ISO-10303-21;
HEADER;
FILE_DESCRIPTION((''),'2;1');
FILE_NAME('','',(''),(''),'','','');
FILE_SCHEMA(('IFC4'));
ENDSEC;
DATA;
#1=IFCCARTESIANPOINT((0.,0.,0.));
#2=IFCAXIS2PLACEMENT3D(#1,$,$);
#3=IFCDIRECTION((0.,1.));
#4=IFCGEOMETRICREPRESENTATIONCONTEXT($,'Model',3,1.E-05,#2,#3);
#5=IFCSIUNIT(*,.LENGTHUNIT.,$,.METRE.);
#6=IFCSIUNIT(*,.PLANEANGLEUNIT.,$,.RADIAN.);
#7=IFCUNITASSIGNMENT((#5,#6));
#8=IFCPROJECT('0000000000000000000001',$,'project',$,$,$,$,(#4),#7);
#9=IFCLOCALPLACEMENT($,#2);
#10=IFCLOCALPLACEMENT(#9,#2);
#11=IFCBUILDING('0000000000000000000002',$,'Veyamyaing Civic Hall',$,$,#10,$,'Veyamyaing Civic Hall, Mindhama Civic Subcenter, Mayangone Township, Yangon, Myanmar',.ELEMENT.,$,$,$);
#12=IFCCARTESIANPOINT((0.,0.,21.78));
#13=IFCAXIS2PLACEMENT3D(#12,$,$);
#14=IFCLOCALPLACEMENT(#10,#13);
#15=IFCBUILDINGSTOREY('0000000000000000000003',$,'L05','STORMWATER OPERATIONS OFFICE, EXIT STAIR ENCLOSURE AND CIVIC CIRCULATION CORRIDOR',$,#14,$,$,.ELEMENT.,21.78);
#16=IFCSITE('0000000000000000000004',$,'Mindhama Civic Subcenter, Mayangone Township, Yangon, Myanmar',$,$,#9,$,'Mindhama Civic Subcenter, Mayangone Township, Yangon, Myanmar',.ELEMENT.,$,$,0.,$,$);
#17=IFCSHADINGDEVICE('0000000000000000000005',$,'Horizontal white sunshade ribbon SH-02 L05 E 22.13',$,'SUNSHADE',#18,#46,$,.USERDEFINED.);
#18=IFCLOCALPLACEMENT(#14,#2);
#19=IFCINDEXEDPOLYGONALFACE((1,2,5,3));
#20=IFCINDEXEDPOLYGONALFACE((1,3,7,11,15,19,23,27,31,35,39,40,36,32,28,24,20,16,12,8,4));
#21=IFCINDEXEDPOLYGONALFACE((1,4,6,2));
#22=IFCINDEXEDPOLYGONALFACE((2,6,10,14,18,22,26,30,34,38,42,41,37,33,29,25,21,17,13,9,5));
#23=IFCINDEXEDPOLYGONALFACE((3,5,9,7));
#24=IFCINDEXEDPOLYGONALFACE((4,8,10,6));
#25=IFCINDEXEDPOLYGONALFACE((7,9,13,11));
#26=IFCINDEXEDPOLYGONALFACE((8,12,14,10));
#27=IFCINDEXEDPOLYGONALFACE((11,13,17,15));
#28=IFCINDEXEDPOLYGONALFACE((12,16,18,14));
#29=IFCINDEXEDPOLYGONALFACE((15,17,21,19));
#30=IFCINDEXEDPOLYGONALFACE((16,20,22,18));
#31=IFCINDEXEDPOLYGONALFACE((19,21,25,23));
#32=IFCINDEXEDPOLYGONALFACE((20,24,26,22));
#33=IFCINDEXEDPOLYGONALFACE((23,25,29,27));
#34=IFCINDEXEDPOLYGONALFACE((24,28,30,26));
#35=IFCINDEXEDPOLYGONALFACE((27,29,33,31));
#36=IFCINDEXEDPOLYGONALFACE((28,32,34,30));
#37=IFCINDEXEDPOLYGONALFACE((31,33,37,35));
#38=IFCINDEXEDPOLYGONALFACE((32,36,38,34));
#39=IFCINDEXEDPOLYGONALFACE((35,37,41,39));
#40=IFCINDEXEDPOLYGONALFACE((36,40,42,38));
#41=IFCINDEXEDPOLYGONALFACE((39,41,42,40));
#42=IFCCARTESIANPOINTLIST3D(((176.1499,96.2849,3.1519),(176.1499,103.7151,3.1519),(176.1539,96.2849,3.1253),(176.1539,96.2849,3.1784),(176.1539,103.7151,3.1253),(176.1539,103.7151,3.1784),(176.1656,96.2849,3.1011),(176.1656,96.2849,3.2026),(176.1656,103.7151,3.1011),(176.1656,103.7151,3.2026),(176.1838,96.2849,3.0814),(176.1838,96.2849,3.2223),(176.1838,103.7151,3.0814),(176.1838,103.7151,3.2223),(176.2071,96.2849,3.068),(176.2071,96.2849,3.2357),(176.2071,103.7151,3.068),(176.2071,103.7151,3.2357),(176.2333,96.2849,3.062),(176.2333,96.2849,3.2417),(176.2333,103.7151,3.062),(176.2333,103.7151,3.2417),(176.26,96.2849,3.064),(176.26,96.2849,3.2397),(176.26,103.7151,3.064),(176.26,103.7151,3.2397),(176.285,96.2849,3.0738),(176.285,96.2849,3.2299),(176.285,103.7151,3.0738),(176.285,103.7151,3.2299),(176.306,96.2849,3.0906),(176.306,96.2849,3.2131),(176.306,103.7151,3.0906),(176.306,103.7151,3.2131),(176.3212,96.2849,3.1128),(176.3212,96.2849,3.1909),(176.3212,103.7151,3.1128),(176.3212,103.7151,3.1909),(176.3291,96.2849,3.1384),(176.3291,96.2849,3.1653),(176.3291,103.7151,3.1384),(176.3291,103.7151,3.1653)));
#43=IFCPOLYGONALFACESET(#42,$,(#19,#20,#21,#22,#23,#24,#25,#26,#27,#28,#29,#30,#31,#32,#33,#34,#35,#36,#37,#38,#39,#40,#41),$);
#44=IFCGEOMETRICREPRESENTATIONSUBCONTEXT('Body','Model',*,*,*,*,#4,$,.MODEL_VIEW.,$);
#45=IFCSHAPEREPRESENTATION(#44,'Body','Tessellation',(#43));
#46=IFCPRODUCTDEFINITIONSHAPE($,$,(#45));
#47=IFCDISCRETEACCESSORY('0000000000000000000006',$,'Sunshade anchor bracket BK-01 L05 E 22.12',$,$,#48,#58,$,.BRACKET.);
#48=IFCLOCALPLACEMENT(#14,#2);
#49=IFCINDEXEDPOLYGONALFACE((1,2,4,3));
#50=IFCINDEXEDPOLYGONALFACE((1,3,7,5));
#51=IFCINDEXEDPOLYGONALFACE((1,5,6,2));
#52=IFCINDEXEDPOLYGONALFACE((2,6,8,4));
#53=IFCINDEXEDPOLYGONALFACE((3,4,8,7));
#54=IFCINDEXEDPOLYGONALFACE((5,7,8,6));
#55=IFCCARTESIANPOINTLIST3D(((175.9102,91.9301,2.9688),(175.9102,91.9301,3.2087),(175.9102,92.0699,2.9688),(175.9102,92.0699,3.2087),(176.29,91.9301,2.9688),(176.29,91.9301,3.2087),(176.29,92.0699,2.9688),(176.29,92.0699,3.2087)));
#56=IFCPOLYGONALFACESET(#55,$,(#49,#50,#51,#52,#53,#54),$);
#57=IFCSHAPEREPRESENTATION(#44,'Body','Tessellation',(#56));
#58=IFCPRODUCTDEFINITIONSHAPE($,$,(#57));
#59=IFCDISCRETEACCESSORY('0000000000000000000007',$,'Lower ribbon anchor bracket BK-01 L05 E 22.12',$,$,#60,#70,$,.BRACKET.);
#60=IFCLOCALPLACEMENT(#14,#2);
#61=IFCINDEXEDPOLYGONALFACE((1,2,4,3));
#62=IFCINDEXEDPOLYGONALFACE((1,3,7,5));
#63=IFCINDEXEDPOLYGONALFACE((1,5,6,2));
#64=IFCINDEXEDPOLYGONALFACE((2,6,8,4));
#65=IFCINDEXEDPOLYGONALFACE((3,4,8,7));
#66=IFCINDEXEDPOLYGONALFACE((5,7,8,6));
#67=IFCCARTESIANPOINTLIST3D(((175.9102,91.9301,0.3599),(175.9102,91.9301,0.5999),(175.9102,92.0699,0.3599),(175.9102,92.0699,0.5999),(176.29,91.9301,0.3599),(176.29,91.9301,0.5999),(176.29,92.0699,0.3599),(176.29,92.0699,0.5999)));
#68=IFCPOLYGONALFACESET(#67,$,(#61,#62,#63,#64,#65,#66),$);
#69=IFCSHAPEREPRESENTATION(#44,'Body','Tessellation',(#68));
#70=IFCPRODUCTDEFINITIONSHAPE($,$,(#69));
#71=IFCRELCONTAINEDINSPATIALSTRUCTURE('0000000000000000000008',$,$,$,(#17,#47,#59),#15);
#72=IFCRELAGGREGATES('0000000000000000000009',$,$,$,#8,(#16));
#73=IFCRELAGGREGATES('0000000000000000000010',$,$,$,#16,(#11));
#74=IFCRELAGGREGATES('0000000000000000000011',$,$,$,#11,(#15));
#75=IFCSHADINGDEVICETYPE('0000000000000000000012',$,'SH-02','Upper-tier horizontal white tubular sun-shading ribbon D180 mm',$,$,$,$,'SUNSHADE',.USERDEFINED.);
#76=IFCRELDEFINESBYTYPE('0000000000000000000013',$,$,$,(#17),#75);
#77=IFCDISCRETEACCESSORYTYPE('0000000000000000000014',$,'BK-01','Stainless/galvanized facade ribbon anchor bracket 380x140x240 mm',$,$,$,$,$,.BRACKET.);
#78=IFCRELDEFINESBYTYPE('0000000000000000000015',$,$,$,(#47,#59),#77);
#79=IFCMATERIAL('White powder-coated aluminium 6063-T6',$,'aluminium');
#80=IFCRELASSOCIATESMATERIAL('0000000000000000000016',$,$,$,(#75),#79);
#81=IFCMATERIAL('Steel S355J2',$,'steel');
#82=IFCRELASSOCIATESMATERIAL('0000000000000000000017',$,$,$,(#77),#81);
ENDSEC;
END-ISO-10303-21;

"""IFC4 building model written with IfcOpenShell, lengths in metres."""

from ifc_helpers import new_model, si_unit, direction, frame, origin, origin_2d, place, context, subcontext, project, spatial, rectangle, circle, extrude, material, material_profile, profile_set, type_object, element, save


model = new_model("IFC4")

# Units and contexts
model_context = context("Model", 3, precision=1e-05, world=origin(), true_north=direction((0.0, 1.0)))
body_context = subcontext(model_context, "Body", "Model", "MODEL_VIEW")
ifc_project = project(units=[si_unit("LENGTHUNIT", "METRE"), si_unit("PLANEANGLEUNIT", "RADIAN")], contexts=[model_context])

# Site, building, storey
site_placement = place(None, origin())
site = spatial("IfcSite", under=ifc_project, at=site_placement, Name="Mindhama Civic Subcenter, Mayangone Township, Yangon, Myanmar", LongName="Mindhama Civic Subcenter, Mayangone Township, Yangon, Myanmar", CompositionType="ELEMENT", RefElevation=0.0)
building_placement = place(site_placement, origin())
building = spatial("IfcBuilding", under=site, at=building_placement, Name="Veyamyaing Civic Hall", LongName="Veyamyaing Civic Hall, Mindhama Civic Subcenter, Mayangone Township, Yangon, Myanmar", CompositionType="ELEMENT")
storey_placement = place(building_placement, frame((0.0, 0.0, 21.78)))
storey = spatial("IfcBuildingStorey", under=building, at=storey_placement, Name="L05", Description="STORMWATER OPERATIONS OFFICE, EXIT STAIR ENCLOSURE AND CIVIC CIRCULATION CORRIDOR", CompositionType="ELEMENT", Elevation=21.78)

# Shared definitions
ifc_material_1 = material(Name="Steel S355J2", Category="steel")

# Shared definitions
ifc_material_2 = material(Name="White powder-coated aluminium 6063-T6", Category="aluminium")

# Shading device
ifc_material_profile_1 = material_profile(ifc_material_2, circle(Radius=0.0901, at=origin_2d()), Name="SHADE-TUBE-180")
ifc_profile_set_1 = profile_set([ifc_material_profile_1], Name="White powder-coated aluminium 6063-T6")
shading_device_type = type_object("IfcShadingDeviceType", Name="SH-02", Description="Upper-tier horizontal white tubular sun-shading ribbon D180 mm", ElementType="SUNSHADE", PredefinedType="USERDEFINED", material=ifc_profile_set_1)
for number, where, z_axis, x_axis, name in (
    (1, (176.24, 96.2849, 3.1519), (0.0, 1.0, 0.0), (-1.0, 0.0, 0.0), "Horizontal white sunshade ribbon SH-02 L05 E 22.13"),
):
    element("IfcShadingDevice", number, at=place(storey_placement, frame(where, z_axis=z_axis, x_axis=x_axis)), inside=storey, type_object=shading_device_type, Name=name, ObjectType="SUNSHADE", PredefinedType="USERDEFINED", context=body_context, shape_type="SweptSolid", body=[
        extrude(circle(Radius=0.0901, at=origin_2d()), origin(), (0.0, 0.0, 1.0), 7.4302),
    ])

# Discrete accessories
discrete_accessory_type = type_object("IfcDiscreteAccessoryType", Name="BK-01", Description="Stainless/galvanized facade ribbon anchor bracket 380x140x240 mm", PredefinedType="BRACKET", material=ifc_material_1)
for number, where, z_axis, x_axis, name in (
    (2, (176.1001, 92.0, 2.9688), (0.0, 0.0, 1.0), (1.0, 0.0, 0.0), "Sunshade anchor bracket BK-01 L05 E 22.12"),
    (3, (176.1001, 92.0, 0.3599), (0.0, 0.0, 1.0), (1.0, 0.0, 0.0), "Lower ribbon anchor bracket BK-01 L05 E 22.12"),
):
    element("IfcDiscreteAccessory", number, at=place(storey_placement, frame(where, z_axis=z_axis, x_axis=x_axis)), inside=storey, type_object=discrete_accessory_type, Name=name, PredefinedType="BRACKET", context=body_context, shape_type="SweptSolid", body=[
        extrude(rectangle(XDim=0.3799, YDim=0.1399, at=origin_2d()), origin(), (0.0, 0.0, 1.0), 0.24),
    ])

save(model, "model.ifc")
